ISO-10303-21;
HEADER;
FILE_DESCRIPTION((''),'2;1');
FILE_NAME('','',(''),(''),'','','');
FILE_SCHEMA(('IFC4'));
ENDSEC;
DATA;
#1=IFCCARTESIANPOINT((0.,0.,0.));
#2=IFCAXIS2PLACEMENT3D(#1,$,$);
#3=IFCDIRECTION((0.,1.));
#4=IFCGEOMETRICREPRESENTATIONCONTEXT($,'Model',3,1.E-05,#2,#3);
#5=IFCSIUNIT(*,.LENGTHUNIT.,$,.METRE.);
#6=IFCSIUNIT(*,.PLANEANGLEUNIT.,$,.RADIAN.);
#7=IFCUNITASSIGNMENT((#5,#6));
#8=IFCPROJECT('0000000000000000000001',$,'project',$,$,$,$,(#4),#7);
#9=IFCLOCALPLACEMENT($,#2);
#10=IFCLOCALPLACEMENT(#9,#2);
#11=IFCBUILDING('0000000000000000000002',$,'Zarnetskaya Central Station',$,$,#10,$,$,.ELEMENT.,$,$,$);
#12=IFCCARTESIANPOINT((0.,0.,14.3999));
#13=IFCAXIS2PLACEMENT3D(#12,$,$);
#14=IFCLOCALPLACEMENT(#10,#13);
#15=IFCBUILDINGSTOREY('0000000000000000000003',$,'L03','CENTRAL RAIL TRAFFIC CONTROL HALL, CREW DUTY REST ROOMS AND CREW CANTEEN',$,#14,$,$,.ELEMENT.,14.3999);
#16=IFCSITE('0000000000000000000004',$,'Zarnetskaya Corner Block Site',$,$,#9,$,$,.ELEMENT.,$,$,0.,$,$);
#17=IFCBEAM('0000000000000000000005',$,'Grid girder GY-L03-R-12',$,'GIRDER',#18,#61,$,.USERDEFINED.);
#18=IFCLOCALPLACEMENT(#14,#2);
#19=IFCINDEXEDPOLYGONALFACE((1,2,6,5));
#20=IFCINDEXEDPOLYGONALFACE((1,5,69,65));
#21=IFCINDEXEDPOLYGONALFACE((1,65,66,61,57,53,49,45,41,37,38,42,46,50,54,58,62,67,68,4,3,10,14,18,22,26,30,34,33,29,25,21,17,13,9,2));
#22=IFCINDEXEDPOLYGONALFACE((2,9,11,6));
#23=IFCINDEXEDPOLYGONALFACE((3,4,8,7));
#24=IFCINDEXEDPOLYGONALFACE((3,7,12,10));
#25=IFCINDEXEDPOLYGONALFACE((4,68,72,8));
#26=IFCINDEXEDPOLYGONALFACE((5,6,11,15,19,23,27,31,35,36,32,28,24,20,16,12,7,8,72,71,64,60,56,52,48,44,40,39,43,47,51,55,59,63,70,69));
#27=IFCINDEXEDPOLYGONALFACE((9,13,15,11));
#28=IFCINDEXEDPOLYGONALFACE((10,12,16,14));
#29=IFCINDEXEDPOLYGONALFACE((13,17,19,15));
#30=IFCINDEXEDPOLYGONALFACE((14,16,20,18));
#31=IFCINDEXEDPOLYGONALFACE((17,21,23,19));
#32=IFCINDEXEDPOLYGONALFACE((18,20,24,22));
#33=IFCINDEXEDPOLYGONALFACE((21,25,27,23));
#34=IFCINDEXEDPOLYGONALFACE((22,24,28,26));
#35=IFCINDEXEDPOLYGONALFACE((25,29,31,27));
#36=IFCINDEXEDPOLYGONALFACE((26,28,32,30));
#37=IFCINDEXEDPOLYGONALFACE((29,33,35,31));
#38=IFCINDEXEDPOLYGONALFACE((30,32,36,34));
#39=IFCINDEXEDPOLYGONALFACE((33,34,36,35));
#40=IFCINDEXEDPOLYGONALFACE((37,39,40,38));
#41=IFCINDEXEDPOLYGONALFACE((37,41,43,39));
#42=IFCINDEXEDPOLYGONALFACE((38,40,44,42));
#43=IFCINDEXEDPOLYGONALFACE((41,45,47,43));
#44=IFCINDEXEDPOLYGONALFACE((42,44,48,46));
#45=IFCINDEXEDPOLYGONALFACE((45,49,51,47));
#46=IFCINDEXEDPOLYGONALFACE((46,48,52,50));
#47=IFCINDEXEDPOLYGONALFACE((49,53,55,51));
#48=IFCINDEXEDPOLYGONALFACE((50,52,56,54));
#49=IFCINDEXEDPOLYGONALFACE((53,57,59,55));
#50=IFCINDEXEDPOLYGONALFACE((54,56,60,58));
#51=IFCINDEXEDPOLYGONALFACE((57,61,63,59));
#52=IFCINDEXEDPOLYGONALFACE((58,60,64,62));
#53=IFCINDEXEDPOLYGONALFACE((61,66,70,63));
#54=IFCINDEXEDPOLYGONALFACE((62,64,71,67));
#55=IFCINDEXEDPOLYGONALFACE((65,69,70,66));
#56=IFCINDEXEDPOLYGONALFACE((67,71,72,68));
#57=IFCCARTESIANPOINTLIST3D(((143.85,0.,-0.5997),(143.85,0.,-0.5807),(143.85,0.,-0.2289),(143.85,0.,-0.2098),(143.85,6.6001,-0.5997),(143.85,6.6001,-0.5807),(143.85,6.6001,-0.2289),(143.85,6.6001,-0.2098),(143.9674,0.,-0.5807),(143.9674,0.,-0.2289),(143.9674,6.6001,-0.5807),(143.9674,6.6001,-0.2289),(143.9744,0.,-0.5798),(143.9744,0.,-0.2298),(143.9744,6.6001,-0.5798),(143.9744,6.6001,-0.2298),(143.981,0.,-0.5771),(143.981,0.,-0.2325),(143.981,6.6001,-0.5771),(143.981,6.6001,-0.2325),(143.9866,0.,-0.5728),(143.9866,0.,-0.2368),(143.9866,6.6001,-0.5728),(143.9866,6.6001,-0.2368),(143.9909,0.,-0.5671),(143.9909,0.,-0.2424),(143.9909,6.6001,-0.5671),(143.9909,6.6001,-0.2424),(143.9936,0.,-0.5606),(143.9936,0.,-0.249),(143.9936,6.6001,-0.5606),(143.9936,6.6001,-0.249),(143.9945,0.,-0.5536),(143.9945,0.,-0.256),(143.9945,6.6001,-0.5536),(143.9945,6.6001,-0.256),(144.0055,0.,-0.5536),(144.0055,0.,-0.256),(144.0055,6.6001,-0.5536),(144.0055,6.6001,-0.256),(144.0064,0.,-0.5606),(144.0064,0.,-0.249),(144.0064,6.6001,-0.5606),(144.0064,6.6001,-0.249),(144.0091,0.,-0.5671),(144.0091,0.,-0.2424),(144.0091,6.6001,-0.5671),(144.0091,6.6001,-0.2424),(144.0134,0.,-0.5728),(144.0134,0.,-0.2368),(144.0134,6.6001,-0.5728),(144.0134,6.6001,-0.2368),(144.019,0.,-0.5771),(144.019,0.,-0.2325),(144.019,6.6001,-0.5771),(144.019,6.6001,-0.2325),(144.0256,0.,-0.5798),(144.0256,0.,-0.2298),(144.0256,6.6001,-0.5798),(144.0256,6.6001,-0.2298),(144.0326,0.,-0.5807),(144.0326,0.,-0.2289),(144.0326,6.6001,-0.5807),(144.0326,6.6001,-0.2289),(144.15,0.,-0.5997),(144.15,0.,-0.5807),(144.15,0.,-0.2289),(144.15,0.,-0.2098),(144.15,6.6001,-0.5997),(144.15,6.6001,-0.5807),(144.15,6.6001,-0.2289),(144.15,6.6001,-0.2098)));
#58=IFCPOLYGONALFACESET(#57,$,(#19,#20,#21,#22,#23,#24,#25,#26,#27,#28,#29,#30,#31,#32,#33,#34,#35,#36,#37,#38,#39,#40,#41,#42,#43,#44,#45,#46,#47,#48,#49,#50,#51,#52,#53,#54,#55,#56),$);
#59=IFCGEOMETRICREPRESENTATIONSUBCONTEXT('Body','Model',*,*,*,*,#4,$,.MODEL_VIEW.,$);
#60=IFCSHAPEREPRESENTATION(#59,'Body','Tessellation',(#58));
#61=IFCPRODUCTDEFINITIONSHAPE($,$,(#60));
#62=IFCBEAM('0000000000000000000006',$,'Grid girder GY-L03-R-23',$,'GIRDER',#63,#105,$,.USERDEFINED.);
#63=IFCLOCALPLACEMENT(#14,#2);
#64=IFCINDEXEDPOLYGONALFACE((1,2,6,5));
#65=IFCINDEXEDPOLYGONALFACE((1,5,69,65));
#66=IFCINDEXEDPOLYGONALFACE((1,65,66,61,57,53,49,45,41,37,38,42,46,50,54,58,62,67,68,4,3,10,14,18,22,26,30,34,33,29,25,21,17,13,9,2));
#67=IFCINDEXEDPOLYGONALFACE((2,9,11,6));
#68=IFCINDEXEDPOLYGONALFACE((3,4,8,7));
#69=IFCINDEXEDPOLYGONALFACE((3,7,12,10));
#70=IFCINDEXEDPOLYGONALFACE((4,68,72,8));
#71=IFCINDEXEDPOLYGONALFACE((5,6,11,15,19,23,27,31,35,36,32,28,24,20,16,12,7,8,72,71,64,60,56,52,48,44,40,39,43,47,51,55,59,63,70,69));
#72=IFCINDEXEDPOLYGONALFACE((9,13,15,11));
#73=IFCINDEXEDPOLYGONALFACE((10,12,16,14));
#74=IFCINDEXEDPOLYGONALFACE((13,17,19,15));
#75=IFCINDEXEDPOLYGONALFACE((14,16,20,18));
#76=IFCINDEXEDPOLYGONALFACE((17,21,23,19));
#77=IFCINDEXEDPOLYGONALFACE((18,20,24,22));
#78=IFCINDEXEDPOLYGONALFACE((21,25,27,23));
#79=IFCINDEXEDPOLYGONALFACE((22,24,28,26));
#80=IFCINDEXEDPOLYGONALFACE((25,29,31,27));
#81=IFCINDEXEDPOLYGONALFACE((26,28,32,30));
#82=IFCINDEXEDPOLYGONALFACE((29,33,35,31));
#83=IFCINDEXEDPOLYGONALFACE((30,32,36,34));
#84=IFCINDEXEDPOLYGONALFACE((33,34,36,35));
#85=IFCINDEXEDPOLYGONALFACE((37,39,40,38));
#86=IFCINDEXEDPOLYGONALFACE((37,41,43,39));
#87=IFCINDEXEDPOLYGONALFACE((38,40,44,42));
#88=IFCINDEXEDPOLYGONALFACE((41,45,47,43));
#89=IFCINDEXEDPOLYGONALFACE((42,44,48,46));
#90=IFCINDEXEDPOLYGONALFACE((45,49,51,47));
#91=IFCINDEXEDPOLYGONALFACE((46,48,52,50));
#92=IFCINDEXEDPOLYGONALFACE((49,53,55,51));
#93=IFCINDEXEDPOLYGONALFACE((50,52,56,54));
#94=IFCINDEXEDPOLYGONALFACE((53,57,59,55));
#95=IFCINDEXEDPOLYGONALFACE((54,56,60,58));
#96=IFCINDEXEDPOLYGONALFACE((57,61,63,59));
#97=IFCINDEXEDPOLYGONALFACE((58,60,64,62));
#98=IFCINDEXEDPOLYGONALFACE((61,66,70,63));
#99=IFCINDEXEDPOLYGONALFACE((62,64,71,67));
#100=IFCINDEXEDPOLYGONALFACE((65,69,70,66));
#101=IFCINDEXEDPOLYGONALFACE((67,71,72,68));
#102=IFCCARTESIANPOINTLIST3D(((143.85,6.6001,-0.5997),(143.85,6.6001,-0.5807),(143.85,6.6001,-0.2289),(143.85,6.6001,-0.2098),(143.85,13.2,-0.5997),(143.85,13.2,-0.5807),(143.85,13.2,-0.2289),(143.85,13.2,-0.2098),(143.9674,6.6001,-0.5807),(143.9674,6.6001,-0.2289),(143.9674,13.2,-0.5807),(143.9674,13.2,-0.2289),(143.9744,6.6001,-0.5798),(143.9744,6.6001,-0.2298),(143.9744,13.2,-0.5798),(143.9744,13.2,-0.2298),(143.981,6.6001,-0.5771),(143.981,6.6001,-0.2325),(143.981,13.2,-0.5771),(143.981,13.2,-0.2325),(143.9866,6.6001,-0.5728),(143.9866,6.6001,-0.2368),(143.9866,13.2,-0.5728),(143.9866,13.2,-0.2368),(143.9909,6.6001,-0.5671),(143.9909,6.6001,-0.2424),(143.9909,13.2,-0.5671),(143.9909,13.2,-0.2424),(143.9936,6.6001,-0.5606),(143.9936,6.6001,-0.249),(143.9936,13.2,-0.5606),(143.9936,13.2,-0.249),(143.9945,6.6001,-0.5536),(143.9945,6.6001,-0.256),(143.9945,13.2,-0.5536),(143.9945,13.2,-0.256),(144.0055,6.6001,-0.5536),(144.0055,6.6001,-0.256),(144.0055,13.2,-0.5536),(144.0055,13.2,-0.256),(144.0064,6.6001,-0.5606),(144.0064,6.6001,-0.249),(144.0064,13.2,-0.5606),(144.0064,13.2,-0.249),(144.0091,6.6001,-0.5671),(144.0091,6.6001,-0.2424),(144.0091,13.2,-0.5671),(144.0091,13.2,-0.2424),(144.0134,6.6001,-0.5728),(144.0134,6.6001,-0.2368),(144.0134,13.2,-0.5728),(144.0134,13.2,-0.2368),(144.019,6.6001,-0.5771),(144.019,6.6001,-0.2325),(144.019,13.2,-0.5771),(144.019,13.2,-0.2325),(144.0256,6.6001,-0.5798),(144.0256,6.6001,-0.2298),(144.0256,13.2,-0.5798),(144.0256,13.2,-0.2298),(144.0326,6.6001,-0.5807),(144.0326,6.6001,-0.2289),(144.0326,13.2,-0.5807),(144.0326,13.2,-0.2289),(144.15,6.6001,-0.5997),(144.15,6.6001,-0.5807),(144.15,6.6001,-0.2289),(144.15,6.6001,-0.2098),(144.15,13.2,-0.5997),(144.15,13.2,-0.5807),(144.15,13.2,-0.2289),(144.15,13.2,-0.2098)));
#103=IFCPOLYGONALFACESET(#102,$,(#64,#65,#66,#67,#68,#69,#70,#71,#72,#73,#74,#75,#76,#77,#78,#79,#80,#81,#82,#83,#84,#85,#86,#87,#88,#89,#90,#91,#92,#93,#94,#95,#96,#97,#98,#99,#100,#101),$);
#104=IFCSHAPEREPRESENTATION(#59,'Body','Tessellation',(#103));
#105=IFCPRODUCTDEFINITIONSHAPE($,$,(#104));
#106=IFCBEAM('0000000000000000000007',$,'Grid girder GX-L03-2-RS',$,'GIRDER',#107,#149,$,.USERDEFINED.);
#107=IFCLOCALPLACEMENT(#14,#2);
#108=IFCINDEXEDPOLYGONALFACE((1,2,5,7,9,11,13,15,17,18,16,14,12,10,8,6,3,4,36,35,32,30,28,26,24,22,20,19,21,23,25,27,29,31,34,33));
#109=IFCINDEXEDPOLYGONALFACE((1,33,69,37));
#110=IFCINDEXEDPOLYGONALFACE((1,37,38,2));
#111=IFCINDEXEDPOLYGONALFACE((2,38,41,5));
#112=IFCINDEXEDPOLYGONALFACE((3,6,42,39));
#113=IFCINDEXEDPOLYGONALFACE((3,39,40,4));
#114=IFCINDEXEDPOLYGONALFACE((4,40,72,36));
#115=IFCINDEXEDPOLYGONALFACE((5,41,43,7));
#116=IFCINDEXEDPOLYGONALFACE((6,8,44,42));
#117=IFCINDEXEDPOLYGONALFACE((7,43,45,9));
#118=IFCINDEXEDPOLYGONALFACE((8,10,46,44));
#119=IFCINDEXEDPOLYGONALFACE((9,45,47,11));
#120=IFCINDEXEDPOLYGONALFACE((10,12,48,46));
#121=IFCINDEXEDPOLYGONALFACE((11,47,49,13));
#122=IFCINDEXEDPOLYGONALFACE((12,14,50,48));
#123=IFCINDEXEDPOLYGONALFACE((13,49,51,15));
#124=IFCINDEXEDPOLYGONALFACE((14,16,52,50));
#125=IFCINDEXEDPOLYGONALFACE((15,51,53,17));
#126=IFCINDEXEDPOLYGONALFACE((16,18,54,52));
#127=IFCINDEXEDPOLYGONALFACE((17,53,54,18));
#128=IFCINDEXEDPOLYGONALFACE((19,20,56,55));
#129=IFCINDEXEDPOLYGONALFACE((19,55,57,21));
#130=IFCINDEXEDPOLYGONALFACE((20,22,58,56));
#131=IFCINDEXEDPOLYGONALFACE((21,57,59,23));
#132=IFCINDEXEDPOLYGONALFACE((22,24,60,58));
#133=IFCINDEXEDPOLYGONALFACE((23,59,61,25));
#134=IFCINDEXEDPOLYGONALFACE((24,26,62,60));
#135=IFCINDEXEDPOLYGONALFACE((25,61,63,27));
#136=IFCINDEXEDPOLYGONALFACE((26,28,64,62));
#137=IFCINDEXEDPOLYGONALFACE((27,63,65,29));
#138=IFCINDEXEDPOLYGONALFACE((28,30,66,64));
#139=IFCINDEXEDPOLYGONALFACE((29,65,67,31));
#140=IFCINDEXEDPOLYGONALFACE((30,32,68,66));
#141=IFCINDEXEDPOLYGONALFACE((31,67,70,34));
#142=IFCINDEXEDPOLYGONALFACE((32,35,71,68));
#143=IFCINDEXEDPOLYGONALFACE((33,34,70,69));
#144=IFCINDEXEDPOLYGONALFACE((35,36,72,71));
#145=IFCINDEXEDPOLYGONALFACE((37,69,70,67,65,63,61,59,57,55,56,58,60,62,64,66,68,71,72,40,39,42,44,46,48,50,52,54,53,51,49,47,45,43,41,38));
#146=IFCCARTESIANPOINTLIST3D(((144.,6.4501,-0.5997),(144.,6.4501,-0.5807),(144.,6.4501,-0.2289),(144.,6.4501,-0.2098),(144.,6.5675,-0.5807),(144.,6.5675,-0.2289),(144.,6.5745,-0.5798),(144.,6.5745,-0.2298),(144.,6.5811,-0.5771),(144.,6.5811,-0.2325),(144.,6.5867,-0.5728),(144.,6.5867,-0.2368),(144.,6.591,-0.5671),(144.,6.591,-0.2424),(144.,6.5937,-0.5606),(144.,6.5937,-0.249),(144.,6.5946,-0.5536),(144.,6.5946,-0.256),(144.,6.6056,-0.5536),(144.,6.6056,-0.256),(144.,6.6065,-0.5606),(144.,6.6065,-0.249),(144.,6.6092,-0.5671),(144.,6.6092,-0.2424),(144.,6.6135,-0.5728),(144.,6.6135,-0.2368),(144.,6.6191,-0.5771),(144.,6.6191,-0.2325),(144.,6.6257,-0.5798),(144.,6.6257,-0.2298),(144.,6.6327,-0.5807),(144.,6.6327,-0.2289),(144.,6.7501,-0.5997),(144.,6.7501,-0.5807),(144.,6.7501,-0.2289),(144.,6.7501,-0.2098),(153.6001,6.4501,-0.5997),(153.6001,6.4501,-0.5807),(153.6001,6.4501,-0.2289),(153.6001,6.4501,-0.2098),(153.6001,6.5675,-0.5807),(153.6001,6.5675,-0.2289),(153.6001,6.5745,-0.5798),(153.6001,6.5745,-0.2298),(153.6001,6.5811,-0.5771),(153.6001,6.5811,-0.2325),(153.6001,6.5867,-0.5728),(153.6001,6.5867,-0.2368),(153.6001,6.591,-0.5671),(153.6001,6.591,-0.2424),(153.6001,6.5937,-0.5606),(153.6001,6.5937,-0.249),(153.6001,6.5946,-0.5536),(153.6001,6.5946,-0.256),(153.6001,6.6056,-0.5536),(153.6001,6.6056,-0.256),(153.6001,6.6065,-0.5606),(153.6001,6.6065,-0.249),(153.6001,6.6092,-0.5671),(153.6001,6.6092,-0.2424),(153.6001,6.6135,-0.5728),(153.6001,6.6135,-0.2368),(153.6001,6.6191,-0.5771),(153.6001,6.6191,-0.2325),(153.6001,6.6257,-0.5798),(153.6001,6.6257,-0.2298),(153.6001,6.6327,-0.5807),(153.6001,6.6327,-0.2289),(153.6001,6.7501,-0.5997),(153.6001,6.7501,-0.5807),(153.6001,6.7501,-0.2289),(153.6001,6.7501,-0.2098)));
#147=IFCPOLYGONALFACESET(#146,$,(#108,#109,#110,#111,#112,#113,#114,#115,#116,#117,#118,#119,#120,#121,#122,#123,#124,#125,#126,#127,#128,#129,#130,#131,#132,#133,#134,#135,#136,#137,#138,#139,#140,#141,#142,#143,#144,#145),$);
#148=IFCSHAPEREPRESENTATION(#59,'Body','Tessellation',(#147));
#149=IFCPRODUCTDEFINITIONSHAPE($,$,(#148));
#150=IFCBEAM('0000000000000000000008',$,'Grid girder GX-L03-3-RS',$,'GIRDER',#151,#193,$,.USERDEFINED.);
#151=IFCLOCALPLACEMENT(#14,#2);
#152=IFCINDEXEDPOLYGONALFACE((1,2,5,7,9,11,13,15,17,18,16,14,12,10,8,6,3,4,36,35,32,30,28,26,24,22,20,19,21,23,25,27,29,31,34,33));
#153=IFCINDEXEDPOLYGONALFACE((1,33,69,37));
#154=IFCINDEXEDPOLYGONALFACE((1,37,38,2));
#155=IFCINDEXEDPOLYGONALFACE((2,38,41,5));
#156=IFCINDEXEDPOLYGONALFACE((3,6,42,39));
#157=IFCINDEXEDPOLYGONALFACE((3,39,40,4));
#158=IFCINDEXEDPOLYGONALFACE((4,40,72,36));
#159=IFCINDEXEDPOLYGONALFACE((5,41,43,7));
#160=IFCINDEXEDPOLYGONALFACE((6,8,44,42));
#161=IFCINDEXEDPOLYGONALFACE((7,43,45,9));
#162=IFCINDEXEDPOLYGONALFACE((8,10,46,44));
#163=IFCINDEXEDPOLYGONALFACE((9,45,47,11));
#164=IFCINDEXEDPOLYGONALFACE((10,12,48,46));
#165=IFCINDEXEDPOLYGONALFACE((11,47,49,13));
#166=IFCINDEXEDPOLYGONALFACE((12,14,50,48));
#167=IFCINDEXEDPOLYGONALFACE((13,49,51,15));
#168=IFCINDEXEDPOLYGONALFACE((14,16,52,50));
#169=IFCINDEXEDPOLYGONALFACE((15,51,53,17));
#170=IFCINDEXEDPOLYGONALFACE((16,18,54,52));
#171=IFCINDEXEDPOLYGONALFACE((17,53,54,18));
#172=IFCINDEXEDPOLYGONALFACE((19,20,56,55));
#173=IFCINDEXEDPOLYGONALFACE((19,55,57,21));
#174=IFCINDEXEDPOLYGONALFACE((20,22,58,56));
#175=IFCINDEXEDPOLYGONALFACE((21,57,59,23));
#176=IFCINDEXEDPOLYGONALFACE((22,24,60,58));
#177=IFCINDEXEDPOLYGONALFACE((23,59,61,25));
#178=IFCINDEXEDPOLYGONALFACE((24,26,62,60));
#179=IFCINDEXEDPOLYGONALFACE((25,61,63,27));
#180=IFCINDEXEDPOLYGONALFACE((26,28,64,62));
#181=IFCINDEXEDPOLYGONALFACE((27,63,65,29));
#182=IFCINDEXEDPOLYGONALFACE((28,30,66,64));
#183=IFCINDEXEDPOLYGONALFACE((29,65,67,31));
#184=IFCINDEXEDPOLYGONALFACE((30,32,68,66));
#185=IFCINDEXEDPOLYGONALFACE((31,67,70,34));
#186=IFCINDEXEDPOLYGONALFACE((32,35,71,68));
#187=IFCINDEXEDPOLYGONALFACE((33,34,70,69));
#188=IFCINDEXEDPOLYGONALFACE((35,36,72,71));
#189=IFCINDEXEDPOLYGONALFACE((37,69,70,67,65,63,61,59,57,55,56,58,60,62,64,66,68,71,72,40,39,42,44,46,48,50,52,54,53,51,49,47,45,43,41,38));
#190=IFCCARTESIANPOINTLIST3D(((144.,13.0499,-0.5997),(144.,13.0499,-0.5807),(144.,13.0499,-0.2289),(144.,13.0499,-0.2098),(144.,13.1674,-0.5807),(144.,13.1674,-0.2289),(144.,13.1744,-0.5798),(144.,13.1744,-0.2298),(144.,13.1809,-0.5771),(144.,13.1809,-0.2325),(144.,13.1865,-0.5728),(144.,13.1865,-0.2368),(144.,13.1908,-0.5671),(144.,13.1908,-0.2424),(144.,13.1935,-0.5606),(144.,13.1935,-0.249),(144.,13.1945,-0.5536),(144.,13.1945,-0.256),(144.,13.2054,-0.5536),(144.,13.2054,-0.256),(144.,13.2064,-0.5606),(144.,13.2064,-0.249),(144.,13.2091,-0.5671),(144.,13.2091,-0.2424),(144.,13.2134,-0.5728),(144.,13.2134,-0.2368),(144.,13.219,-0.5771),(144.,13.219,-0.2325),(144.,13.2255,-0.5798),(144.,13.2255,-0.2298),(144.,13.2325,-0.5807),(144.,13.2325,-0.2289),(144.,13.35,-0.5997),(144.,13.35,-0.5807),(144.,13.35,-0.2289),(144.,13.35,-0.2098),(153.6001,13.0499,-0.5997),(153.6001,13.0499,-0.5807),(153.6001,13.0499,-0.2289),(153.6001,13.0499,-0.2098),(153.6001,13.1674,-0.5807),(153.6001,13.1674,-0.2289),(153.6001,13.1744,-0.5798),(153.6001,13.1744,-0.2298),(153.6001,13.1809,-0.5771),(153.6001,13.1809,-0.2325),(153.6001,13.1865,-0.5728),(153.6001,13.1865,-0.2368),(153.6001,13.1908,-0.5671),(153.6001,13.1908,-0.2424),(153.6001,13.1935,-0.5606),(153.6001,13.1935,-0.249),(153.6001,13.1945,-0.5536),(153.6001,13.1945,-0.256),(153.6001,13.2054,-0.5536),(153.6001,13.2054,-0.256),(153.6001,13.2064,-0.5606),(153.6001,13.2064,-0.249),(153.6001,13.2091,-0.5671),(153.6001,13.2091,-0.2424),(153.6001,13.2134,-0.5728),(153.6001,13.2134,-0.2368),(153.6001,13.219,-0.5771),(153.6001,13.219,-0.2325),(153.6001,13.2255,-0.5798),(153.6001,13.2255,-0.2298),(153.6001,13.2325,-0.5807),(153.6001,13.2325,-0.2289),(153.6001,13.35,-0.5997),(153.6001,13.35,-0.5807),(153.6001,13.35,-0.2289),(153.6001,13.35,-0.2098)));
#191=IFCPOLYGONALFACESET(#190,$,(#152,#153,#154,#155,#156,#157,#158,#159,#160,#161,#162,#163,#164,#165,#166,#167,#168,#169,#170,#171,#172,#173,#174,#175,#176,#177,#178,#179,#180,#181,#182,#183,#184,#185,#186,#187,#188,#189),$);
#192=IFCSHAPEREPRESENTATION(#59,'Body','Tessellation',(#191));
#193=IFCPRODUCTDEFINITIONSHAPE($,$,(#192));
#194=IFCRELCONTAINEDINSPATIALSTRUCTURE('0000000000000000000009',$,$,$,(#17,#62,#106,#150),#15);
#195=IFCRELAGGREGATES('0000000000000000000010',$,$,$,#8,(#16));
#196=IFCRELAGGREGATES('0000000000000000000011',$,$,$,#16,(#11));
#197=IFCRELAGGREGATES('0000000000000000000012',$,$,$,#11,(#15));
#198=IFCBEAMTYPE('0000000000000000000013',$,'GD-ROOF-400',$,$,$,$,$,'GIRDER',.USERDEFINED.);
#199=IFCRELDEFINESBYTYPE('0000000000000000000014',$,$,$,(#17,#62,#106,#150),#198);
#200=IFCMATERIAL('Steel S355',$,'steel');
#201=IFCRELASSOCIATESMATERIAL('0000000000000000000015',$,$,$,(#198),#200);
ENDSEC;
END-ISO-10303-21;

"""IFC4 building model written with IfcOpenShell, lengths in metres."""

from ifc_helpers import new_model, si_unit, direction, frame, origin, origin_2d, place, context, subcontext, project, spatial, i_section, extrude, material, material_profile, profile_set, type_object, element, save


model = new_model("IFC4")

# Units and contexts
model_context = context("Model", 3, precision=1e-05, world=origin(), true_north=direction((0.0, 1.0)))
body_context = subcontext(model_context, "Body", "Model", "MODEL_VIEW")
ifc_project = project(units=[si_unit("LENGTHUNIT", "METRE"), si_unit("PLANEANGLEUNIT", "RADIAN")], contexts=[model_context])

# Site, building, storey
site_placement = place(None, origin())
site = spatial("IfcSite", under=ifc_project, at=site_placement, Name="Zarnetskaya Corner Block Site", CompositionType="ELEMENT", RefElevation=0.0)
building_placement = place(site_placement, origin())
building = spatial("IfcBuilding", under=site, at=building_placement, Name="Zarnetskaya Central Station", CompositionType="ELEMENT")
storey_placement = place(building_placement, frame((0.0, 0.0, 14.3999)))
storey = spatial("IfcBuildingStorey", under=building, at=storey_placement, Name="L03", Description="CENTRAL RAIL TRAFFIC CONTROL HALL, CREW DUTY REST ROOMS AND CREW CANTEEN", CompositionType="ELEMENT", Elevation=14.3999)

# Beams
ifc_material_1 = material(Name="Steel S355", Category="steel")
ifc_material_profile_1 = material_profile(ifc_material_1, i_section(OverallWidth=0.3, OverallDepth=0.3899, WebThickness=0.011, FlangeThickness=0.019, FilletRadius=0.0271, at=origin_2d()), Name="HEA 400")
ifc_profile_set_1 = profile_set([ifc_material_profile_1], Name="Steel S355")
beam_type_1 = type_object("IfcBeamType", Name="GD-ROOF-400", ElementType="GIRDER", PredefinedType="USERDEFINED", material=ifc_profile_set_1)
beam_1_placement = place(storey_placement, frame((144.0, 0.0, -0.4048), z_axis=(0.0, 1.0, 0.0), x_axis=(-1.0, 0.0, 0.0)))
element("IfcBeam", 1, at=beam_1_placement, inside=storey, type_object=beam_type_1, Name="Grid girder GY-L03-R-12", ObjectType="GIRDER", PredefinedType="USERDEFINED", context=body_context, shape_type="SweptSolid", body=[
    extrude(i_section(OverallWidth=0.3, OverallDepth=0.3899, WebThickness=0.011, FlangeThickness=0.019, FilletRadius=0.0271, at=origin_2d()), origin(), (0.0, 0.0, 1.0), 6.6001),
])
beam_2_placement = place(storey_placement, frame((144.0, 6.6001, -0.4048), z_axis=(0.0, 1.0, 0.0), x_axis=(-1.0, 0.0, 0.0)))
element("IfcBeam", 2, at=beam_2_placement, inside=storey, type_object=beam_type_1, Name="Grid girder GY-L03-R-23", ObjectType="GIRDER", PredefinedType="USERDEFINED", context=body_context, shape_type="SweptSolid", body=[
    extrude(i_section(OverallWidth=0.3, OverallDepth=0.3899, WebThickness=0.011, FlangeThickness=0.019, FilletRadius=0.0271, at=origin_2d()), origin(), (0.0, 0.0, 1.0), 6.5999),
])
for number, where, z_axis, x_axis, name in (
    (3, (144.0, 6.6001, -0.4048), (1.0, 0.0, 0.0), (0.0, 1.0, 0.0), "Grid girder GX-L03-2-RS"),
    (4, (144.0, 13.2, -0.4048), (1.0, 0.0, 0.0), (0.0, 1.0, 0.0), "Grid girder GX-L03-3-RS"),
):
    element("IfcBeam", number, at=place(storey_placement, frame(where, z_axis=z_axis, x_axis=x_axis)), inside=storey, type_object=beam_type_1, Name=name, ObjectType="GIRDER", PredefinedType="USERDEFINED", context=body_context, shape_type="SweptSolid", body=[
        extrude(i_section(OverallWidth=0.3, OverallDepth=0.3899, WebThickness=0.011, FlangeThickness=0.019, FilletRadius=0.0271, at=origin_2d()), origin(), (0.0, 0.0, 1.0), 9.6001),
    ])

save(model, "model.ifc")
